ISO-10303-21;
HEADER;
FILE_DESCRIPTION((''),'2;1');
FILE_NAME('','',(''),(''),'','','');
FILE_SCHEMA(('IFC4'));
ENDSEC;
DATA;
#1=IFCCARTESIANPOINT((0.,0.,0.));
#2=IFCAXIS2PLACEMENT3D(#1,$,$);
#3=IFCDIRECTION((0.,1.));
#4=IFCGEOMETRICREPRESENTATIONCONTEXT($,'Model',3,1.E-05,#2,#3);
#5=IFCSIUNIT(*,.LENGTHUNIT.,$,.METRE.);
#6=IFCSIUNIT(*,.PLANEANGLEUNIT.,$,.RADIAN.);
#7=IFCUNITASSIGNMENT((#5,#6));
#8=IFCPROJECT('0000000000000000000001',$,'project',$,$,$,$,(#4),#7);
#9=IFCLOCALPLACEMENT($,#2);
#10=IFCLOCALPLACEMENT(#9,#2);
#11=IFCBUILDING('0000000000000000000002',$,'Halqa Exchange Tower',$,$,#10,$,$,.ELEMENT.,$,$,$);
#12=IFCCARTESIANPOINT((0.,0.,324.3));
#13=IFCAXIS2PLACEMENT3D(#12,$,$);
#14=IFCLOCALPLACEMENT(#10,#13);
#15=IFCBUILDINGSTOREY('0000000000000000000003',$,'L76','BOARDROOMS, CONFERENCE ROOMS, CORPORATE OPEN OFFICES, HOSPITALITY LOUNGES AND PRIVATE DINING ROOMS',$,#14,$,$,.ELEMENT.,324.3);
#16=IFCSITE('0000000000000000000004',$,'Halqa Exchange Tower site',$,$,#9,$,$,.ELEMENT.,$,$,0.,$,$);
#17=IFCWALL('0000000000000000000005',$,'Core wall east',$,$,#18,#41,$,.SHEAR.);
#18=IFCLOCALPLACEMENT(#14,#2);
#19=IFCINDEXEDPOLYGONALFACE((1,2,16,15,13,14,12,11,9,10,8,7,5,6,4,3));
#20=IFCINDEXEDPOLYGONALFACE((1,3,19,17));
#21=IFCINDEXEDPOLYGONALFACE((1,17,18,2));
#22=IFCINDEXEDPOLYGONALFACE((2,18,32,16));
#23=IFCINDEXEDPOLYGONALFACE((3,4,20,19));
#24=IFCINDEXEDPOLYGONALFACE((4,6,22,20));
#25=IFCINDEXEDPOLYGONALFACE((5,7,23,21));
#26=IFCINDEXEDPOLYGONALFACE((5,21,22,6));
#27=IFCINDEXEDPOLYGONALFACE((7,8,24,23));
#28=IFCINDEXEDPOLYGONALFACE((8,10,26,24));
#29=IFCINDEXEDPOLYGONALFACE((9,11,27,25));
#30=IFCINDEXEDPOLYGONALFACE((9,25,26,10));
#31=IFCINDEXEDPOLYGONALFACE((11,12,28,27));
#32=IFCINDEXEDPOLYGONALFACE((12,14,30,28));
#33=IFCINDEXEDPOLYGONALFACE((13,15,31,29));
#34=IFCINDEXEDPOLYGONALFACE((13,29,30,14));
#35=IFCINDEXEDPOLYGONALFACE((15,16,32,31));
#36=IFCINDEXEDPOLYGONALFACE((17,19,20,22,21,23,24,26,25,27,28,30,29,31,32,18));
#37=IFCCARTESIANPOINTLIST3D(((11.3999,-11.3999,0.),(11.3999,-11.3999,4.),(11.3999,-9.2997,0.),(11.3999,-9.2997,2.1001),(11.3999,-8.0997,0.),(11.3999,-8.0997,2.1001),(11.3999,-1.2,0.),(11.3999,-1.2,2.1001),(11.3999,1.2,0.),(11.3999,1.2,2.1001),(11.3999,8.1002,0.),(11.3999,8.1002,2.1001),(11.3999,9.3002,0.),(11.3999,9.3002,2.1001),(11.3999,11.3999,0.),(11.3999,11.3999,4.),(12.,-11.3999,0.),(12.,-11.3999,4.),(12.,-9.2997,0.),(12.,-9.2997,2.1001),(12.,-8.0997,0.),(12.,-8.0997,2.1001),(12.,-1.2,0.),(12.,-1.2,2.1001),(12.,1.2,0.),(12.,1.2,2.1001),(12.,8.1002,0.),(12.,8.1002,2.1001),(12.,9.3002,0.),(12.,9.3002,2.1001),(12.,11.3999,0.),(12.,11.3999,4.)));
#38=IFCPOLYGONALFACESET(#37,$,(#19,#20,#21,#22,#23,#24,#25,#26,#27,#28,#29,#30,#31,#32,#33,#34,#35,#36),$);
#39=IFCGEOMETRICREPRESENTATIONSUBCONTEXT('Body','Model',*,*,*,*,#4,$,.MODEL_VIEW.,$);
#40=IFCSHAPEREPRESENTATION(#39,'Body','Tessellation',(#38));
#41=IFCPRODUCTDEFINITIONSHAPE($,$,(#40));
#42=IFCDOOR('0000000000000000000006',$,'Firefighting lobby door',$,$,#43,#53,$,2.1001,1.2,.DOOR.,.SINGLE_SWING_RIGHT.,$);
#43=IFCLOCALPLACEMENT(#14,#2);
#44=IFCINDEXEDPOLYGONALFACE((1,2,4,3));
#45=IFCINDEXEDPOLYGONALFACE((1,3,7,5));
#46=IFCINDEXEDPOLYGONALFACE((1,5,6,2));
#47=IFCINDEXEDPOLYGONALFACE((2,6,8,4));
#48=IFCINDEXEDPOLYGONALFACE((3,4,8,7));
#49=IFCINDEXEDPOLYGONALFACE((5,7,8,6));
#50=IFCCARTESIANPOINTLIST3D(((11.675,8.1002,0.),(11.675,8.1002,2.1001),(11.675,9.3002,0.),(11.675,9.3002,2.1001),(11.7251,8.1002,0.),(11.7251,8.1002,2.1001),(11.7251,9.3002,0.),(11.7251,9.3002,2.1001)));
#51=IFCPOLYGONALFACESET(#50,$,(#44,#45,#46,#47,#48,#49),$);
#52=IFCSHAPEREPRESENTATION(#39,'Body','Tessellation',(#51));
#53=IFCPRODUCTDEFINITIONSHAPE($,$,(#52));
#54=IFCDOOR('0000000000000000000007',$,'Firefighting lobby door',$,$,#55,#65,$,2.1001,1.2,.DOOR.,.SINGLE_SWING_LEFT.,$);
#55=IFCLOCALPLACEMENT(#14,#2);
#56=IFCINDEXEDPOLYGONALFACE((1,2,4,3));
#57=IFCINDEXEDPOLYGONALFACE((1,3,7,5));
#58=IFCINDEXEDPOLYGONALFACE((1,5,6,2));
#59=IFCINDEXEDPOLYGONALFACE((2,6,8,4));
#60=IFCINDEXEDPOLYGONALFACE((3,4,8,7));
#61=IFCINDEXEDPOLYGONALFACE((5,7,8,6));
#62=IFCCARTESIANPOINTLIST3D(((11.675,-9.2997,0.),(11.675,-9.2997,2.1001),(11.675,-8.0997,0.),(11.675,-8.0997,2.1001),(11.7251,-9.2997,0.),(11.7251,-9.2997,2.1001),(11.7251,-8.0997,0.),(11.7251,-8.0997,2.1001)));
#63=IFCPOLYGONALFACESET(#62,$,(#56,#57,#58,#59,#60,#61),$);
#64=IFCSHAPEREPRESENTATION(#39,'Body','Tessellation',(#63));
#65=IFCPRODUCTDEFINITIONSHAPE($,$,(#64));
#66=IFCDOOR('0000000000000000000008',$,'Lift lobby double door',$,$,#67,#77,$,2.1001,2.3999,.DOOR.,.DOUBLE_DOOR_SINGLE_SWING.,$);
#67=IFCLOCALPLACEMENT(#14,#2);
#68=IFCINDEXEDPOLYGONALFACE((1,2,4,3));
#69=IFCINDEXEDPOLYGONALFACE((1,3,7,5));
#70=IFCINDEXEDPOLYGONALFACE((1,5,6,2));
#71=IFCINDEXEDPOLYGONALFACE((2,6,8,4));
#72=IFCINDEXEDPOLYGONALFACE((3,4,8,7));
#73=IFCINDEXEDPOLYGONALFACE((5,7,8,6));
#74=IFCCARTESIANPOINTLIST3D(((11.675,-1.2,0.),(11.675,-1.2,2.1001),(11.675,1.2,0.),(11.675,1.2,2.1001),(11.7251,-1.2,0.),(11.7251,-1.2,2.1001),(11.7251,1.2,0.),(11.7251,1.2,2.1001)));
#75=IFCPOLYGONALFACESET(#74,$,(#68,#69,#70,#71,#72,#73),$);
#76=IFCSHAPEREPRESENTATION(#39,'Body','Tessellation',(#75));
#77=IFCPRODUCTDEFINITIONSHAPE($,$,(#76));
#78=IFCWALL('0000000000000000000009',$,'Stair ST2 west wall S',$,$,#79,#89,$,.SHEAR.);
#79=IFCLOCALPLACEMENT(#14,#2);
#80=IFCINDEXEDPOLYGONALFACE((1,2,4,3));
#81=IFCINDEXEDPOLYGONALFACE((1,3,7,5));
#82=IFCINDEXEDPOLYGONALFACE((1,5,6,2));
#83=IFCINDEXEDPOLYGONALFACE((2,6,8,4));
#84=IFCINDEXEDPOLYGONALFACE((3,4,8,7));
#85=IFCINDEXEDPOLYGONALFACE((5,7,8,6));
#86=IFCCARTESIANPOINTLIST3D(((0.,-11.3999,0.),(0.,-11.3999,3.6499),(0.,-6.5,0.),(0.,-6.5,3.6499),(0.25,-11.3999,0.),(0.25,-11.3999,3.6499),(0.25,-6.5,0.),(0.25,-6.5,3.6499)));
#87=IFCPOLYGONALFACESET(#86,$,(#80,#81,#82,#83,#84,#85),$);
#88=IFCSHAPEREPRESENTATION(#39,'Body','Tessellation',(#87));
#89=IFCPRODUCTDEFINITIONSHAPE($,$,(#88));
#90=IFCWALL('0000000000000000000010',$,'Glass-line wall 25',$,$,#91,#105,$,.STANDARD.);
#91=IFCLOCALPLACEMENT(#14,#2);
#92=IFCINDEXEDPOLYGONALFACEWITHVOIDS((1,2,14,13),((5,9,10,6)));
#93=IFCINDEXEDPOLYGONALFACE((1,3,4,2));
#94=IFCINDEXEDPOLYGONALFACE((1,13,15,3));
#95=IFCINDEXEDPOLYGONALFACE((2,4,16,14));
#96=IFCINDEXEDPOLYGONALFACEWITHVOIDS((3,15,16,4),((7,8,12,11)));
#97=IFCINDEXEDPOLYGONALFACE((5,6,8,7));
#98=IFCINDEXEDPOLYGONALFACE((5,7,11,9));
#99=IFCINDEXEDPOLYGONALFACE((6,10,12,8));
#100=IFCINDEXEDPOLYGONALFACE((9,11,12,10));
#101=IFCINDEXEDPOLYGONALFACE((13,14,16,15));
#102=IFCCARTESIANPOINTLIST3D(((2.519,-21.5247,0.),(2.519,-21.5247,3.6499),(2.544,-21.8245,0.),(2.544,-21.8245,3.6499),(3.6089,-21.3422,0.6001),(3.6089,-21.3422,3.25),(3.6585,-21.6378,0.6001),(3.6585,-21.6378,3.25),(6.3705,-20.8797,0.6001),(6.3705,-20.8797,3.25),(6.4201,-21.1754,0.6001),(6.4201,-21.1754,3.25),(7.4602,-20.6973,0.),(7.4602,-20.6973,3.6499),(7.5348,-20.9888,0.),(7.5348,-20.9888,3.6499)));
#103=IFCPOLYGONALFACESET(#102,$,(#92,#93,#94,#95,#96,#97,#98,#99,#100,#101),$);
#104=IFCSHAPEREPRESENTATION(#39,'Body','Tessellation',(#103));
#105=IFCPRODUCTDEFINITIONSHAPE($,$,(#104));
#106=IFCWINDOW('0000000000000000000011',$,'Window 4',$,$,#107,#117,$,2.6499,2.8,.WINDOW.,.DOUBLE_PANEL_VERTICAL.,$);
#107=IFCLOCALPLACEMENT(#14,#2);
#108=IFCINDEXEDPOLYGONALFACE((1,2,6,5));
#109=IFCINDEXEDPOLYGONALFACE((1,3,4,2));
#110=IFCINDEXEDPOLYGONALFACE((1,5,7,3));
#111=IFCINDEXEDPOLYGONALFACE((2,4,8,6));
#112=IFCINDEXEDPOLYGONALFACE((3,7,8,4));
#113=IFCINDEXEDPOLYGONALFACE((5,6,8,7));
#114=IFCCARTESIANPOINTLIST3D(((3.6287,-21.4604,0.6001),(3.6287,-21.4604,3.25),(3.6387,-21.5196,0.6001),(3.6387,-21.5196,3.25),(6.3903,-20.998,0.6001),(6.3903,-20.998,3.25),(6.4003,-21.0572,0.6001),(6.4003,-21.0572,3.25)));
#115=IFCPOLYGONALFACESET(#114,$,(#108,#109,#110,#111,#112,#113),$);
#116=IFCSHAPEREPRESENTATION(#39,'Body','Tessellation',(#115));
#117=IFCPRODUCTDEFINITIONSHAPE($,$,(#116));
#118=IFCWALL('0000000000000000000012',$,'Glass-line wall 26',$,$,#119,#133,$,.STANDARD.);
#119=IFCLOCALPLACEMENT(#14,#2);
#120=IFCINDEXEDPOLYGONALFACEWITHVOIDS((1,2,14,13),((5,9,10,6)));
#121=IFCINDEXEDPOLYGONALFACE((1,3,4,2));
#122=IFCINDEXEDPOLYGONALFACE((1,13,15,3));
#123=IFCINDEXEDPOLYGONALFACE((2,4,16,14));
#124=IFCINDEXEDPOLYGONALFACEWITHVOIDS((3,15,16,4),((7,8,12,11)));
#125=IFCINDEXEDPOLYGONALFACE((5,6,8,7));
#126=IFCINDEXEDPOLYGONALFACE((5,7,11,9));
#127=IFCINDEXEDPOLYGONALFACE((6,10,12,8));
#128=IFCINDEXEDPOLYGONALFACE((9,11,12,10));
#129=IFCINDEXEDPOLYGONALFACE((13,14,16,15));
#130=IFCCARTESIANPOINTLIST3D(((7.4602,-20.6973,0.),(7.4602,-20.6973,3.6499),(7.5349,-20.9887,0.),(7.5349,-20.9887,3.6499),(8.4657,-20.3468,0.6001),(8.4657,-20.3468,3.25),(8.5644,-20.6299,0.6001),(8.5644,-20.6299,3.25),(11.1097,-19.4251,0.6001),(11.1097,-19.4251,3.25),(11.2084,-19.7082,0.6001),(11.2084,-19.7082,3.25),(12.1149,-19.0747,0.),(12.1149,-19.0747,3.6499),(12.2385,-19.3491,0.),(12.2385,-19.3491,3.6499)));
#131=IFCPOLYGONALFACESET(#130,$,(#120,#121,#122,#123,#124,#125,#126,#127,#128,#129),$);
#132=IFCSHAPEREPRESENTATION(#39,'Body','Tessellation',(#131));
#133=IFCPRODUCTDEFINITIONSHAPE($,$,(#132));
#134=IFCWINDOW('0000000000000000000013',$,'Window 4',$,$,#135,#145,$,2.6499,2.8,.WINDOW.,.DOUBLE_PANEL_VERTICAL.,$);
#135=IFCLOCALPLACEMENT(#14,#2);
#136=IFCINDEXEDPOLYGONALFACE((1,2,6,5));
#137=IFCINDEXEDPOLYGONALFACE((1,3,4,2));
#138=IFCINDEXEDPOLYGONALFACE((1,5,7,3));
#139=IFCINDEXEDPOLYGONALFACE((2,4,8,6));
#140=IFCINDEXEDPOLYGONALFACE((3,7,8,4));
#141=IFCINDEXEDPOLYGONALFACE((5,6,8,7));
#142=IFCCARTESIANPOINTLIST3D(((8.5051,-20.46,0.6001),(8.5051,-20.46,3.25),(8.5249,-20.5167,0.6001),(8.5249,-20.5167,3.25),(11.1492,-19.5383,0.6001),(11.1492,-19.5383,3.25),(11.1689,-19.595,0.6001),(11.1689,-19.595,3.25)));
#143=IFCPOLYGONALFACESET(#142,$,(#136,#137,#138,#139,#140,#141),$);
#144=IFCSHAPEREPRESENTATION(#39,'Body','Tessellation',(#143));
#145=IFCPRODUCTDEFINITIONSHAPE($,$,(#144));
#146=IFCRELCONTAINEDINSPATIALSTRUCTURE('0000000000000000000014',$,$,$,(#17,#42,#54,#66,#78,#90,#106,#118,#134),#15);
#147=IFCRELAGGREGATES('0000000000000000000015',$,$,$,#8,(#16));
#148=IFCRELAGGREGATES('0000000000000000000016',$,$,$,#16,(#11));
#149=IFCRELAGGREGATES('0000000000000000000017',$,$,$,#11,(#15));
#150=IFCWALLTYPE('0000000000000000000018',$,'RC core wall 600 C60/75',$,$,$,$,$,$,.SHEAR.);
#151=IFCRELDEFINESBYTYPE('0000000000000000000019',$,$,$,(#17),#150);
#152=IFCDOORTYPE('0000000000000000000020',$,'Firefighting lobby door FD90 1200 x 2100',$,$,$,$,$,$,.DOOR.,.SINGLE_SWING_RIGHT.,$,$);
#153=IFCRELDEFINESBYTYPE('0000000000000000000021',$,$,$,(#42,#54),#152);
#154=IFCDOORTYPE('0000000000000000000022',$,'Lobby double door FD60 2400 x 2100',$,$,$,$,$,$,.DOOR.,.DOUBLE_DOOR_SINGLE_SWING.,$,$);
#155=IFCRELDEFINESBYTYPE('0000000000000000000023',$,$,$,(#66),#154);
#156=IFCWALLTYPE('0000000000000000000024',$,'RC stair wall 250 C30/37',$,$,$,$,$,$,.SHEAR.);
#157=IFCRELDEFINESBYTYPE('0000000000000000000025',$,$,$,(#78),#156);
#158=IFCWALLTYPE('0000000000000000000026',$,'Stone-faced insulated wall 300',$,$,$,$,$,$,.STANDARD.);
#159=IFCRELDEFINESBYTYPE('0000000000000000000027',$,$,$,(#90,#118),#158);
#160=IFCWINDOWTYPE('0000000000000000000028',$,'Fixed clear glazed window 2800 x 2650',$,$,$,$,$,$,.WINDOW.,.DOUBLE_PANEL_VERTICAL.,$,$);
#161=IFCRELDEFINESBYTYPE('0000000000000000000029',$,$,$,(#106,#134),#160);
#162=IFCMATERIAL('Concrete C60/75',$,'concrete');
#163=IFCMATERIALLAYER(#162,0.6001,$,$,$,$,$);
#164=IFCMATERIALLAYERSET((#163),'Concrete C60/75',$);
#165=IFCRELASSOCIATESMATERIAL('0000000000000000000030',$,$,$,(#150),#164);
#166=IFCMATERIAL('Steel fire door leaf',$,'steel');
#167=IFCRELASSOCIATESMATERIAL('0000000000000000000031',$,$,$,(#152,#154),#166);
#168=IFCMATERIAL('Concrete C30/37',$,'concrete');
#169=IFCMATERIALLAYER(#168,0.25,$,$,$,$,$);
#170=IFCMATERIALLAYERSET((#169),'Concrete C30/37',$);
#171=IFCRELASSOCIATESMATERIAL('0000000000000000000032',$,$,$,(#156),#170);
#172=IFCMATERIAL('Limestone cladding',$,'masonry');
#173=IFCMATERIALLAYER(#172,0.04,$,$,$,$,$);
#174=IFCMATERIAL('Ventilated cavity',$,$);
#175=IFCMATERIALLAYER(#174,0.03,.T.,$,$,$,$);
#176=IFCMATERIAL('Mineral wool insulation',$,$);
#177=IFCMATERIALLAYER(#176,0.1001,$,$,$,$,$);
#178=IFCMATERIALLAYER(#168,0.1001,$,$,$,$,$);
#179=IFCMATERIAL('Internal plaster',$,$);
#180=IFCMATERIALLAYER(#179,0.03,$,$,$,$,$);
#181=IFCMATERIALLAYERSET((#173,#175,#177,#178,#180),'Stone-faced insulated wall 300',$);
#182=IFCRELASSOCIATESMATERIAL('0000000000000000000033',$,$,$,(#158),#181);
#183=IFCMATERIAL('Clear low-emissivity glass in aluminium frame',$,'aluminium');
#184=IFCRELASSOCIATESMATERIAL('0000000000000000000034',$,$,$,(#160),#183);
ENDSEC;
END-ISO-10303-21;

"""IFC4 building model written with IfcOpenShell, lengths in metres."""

from ifc_helpers import new_model, si_unit, direction, frame, frame_2d, origin, place, context, subcontext, project, spatial, polyline, rectangle, outline, extrude, material, layer, layer_set, type_object, element, fill, save


model = new_model("IFC4")

# Units and contexts
model_context = context("Model", 3, precision=1e-05, world=origin(), true_north=direction((0.0, 1.0)))
body_context = subcontext(model_context, "Body", "Model", "MODEL_VIEW")
ifc_project = project(units=[si_unit("LENGTHUNIT", "METRE"), si_unit("PLANEANGLEUNIT", "RADIAN")], contexts=[model_context])

# Site, building, storey
site_placement = place(None, origin())
site = spatial("IfcSite", under=ifc_project, at=site_placement, Name="Halqa Exchange Tower site", CompositionType="ELEMENT", RefElevation=0.0)
building_placement = place(site_placement, origin())
building = spatial("IfcBuilding", under=site, at=building_placement, Name="Halqa Exchange Tower", CompositionType="ELEMENT")
storey_placement = place(building_placement, frame((0.0, 0.0, 324.3)))
storey = spatial("IfcBuildingStorey", under=building, at=storey_placement, Name="L76", Description="BOARDROOMS, CONFERENCE ROOMS, CORPORATE OPEN OFFICES, HOSPITALITY LOUNGES AND PRIVATE DINING ROOMS", CompositionType="ELEMENT", Elevation=324.3)

# Shared definitions
ifc_material_1 = material(Name="Concrete C60/75", Category="concrete")

# Wall, openings, doors
ifc_layer_1 = layer(ifc_material_1, 0.6001)
ifc_layer_set_1 = layer_set([ifc_layer_1], Name="Concrete C60/75")
wall_type_1 = type_object("IfcWallType", Name="RC core wall 600 C60/75", PredefinedType="SHEAR", material=ifc_layer_set_1)
wall_1_placement = place(storey_placement, frame((11.7, -11.3999, 0.0), z_axis=(0.0, 0.0, 1.0), x_axis=(0.0, 1.0, 0.0)))
wall_1 = element("IfcWall", 1, at=wall_1_placement, inside=storey, type_object=wall_type_1, Name="Core wall east", PredefinedType="SHEAR", context=body_context, shape_type="SweptSolid", body=[
    extrude(rectangle(XDim=22.7998, YDim=0.6001, at=frame_2d((11.3999, 0.0))), origin(), (0.0, 0.0, 1.0), 4.0),
])
opening_1_placement = place(wall_1_placement, frame((10.2, 0.0, 0.0)))
opening_1 = element("IfcOpeningElement", 2, at=opening_1_placement, cuts=wall_1, PredefinedType="OPENING", context=body_context, shape_type="SweptSolid", body=[
    extrude(rectangle(XDim=2.3999, YDim=2.1001, at=frame_2d((1.2, 1.05))), frame((0.0, 0.312, 0.0), z_axis=(0.0, -1.0, 0.0), x_axis=(1.0, 0.0, 0.0)), (0.0, 0.0, 1.0), 0.624),
])
opening_2_placement = place(wall_1_placement, frame((19.5, 0.0, 0.0)))
opening_2 = element("IfcOpeningElement", 3, at=opening_2_placement, cuts=wall_1, PredefinedType="OPENING", context=body_context, shape_type="SweptSolid", body=[
    extrude(rectangle(XDim=1.2, YDim=2.1001, at=frame_2d((0.6001, 1.05))), frame((0.0, 0.312, 0.0), z_axis=(0.0, -1.0, 0.0), x_axis=(1.0, 0.0, 0.0)), (0.0, 0.0, 1.0), 0.624),
])
opening_3_placement = place(wall_1_placement, frame((2.1001, 0.0, 0.0)))
opening_3 = element("IfcOpeningElement", 4, at=opening_3_placement, cuts=wall_1, PredefinedType="OPENING", context=body_context, shape_type="SweptSolid", body=[
    extrude(rectangle(XDim=1.2, YDim=2.1001, at=frame_2d((0.6001, 1.05))), frame((0.0, 0.312, 0.0), z_axis=(0.0, -1.0, 0.0), x_axis=(1.0, 0.0, 0.0)), (0.0, 0.0, 1.0), 0.624),
])
ifc_material_2 = material(Name="Steel fire door leaf", Category="steel")
door_type_1 = type_object("IfcDoorType", Name="Firefighting lobby door FD90 1200 x 2100", OperationType="SINGLE_SWING_RIGHT", PredefinedType="DOOR", material=ifc_material_2)
door_1_placement = place(opening_2_placement, origin())
door_1 = element("IfcDoor", 5, at=door_1_placement, inside=storey, type_object=door_type_1, Name="Firefighting lobby door", OperationType="SINGLE_SWING_RIGHT", OverallHeight=2.1001, OverallWidth=1.2, PredefinedType="DOOR", context=body_context, shape_type="SweptSolid", body=[
    extrude(rectangle(XDim=1.2, YDim=2.1001, at=frame_2d((0.6001, 1.05))), frame((0.0, 0.0249, 0.0), z_axis=(0.0, -1.0, 0.0), x_axis=(1.0, 0.0, 0.0)), (0.0, 0.0, 1.0), 0.05),
])
fill(opening_2, door_1)
door_2_placement = place(opening_3_placement, origin())
door_2 = element("IfcDoor", 6, at=door_2_placement, inside=storey, type_object=door_type_1, Name="Firefighting lobby door", OperationType="SINGLE_SWING_LEFT", OverallHeight=2.1001, OverallWidth=1.2, PredefinedType="DOOR", context=body_context, shape_type="SweptSolid", body=[
    extrude(rectangle(XDim=1.2, YDim=2.1001, at=frame_2d((0.6001, 1.05))), frame((0.0, 0.0249, 0.0), z_axis=(0.0, -1.0, 0.0), x_axis=(1.0, 0.0, 0.0)), (0.0, 0.0, 1.0), 0.05),
])
fill(opening_3, door_2)
door_type_2 = type_object("IfcDoorType", Name="Lobby double door FD60 2400 x 2100", OperationType="DOUBLE_DOOR_SINGLE_SWING", PredefinedType="DOOR", material=ifc_material_2)
door_3_placement = place(opening_1_placement, origin())
door_3 = element("IfcDoor", 7, at=door_3_placement, inside=storey, type_object=door_type_2, Name="Lift lobby double door", OperationType="DOUBLE_DOOR_SINGLE_SWING", OverallHeight=2.1001, OverallWidth=2.3999, PredefinedType="DOOR", context=body_context, shape_type="SweptSolid", body=[
    extrude(rectangle(XDim=2.3999, YDim=2.1001, at=frame_2d((1.2, 1.05))), frame((0.0, 0.0249, 0.0), z_axis=(0.0, -1.0, 0.0), x_axis=(1.0, 0.0, 0.0)), (0.0, 0.0, 1.0), 0.05),
])
fill(opening_1, door_3)

# Wall
ifc_material_3 = material(Name="Concrete C30/37", Category="concrete")
ifc_layer_2 = layer(ifc_material_3, 0.25)
ifc_layer_set_2 = layer_set([ifc_layer_2], Name="Concrete C30/37")
wall_type_2 = type_object("IfcWallType", Name="RC stair wall 250 C30/37", PredefinedType="SHEAR", material=ifc_layer_set_2)
wall_2_placement = place(storey_placement, frame((0.125, -11.3999, 0.0), z_axis=(0.0, 0.0, 1.0), x_axis=(0.0, 1.0, 0.0)))
element("IfcWall", 8, at=wall_2_placement, inside=storey, type_object=wall_type_2, Name="Stair ST2 west wall S", PredefinedType="SHEAR", context=body_context, shape_type="SweptSolid", body=[
    extrude(rectangle(XDim=4.8999, YDim=0.25, at=frame_2d((2.45, 0.0))), origin(), (0.0, 0.0, 1.0), 3.6499),
])

# Walls, openings, windows
ifc_material_4 = material(Name="Limestone cladding", Category="masonry")
ifc_layer_3 = layer(ifc_material_4, 0.04)
ifc_material_5 = material(Name="Ventilated cavity")
ifc_layer_4 = layer(ifc_material_5, 0.03, ventilated=True)
ifc_material_6 = material(Name="Mineral wool insulation")
ifc_layer_5 = layer(ifc_material_6, 0.1001)
ifc_layer_6 = layer(ifc_material_3, 0.1001)
ifc_material_7 = material(Name="Internal plaster")
ifc_layer_7 = layer(ifc_material_7, 0.03)
ifc_layer_set_3 = layer_set([ifc_layer_3, ifc_layer_4, ifc_layer_5, ifc_layer_6, ifc_layer_7], Name="Stone-faced insulated wall 300")
wall_type_3 = type_object("IfcWallType", Name="Stone-faced insulated wall 300", PredefinedType="STANDARD", material=ifc_layer_set_3)
wall_3_placement = place(storey_placement, frame((2.5315, -21.6746, 0.0), z_axis=(0.0, 0.0, 1.0), x_axis=(0.986269, 0.165146, 0.0)))
wall_3 = element("IfcWall", 9, at=wall_3_placement, inside=storey, type_object=wall_type_3, Name="Glass-line wall 25", PredefinedType="STANDARD", context=body_context, shape_type="SweptSolid", body=[
    extrude(outline(polyline([(-0.0125, -0.1499), (5.0479, -0.1499), (5.0225, 0.1499), (0.0125, 0.1499), (-0.0125, -0.1499)])), origin(), (0.0, 0.0, 1.0), 3.6499),
])
opening_4_placement = place(wall_3_placement, frame((1.1177, 0.0, 0.6001)))
opening_4 = element("IfcOpeningElement", 10, at=opening_4_placement, cuts=wall_3, PredefinedType="OPENING", context=body_context, shape_type="SweptSolid", body=[
    extrude(rectangle(XDim=2.8, YDim=2.6499, at=frame_2d((1.3999, 1.325))), frame((0.0, 0.1621, 0.0), z_axis=(0.0, -1.0, 0.0), x_axis=(1.0, 0.0, 0.0)), (0.0, 0.0, 1.0), 0.324),
])
ifc_material_8 = material(Name="Clear low-emissivity glass in aluminium frame", Category="aluminium")
window_type = type_object("IfcWindowType", Name="Fixed clear glazed window 2800 x 2650", PartitioningType="DOUBLE_PANEL_VERTICAL", PredefinedType="WINDOW", material=ifc_material_8)
window_1_placement = place(opening_4_placement, origin())
window_1 = element("IfcWindow", 11, at=window_1_placement, inside=storey, type_object=window_type, Name="Window 4", OverallHeight=2.6499, OverallWidth=2.8, PartitioningType="DOUBLE_PANEL_VERTICAL", PredefinedType="WINDOW", context=body_context, shape_type="SweptSolid", body=[
    extrude(rectangle(XDim=2.8, YDim=2.6499, at=frame_2d((1.3999, 1.325))), frame((0.0, 0.03, 0.0), z_axis=(0.0, -1.0, 0.0), x_axis=(1.0, 0.0, 0.0)), (0.0, 0.0, 1.0), 0.0601),
])
fill(opening_4, window_1)
wall_4_placement = place(storey_placement, frame((7.4976, -20.843, 0.0), z_axis=(0.0, 0.0, 1.0), x_axis=(0.944274, 0.329161, 0.0)))
wall_4 = element("IfcWall", 12, at=wall_4_placement, inside=storey, type_object=wall_type_3, Name="Glass-line wall 26", PredefinedType="STANDARD", context=body_context, shape_type="SweptSolid", body=[
    extrude(outline(polyline([(-0.0127, -0.1499), (4.9685, -0.1499), (4.9421, 0.1499), (0.0127, 0.1499), (-0.0127, -0.1499)])), origin(), (0.0, 0.0, 1.0), 3.6499),
])
opening_5_placement = place(wall_4_placement, frame((1.0776, 0.0, 0.6001)))
opening_5 = element("IfcOpeningElement", 13, at=opening_5_placement, cuts=wall_4, PredefinedType="OPENING", context=body_context, shape_type="SweptSolid", body=[
    extrude(rectangle(XDim=2.8, YDim=2.6499, at=frame_2d((1.3999, 1.325))), frame((0.0, 0.1621, 0.0), z_axis=(0.0, -1.0, 0.0), x_axis=(1.0, 0.0, 0.0)), (0.0, 0.0, 1.0), 0.324),
])
window_2_placement = place(opening_5_placement, origin())
window_2 = element("IfcWindow", 14, at=window_2_placement, inside=storey, type_object=window_type, Name="Window 4", OverallHeight=2.6499, OverallWidth=2.8, PartitioningType="DOUBLE_PANEL_VERTICAL", PredefinedType="WINDOW", context=body_context, shape_type="SweptSolid", body=[
    extrude(rectangle(XDim=2.8, YDim=2.6499, at=frame_2d((1.3999, 1.325))), frame((0.0, 0.03, 0.0), z_axis=(0.0, -1.0, 0.0), x_axis=(1.0, 0.0, 0.0)), (0.0, 0.0, 1.0), 0.0601),
])
fill(opening_5, window_2)

save(model, "model.ifc")
